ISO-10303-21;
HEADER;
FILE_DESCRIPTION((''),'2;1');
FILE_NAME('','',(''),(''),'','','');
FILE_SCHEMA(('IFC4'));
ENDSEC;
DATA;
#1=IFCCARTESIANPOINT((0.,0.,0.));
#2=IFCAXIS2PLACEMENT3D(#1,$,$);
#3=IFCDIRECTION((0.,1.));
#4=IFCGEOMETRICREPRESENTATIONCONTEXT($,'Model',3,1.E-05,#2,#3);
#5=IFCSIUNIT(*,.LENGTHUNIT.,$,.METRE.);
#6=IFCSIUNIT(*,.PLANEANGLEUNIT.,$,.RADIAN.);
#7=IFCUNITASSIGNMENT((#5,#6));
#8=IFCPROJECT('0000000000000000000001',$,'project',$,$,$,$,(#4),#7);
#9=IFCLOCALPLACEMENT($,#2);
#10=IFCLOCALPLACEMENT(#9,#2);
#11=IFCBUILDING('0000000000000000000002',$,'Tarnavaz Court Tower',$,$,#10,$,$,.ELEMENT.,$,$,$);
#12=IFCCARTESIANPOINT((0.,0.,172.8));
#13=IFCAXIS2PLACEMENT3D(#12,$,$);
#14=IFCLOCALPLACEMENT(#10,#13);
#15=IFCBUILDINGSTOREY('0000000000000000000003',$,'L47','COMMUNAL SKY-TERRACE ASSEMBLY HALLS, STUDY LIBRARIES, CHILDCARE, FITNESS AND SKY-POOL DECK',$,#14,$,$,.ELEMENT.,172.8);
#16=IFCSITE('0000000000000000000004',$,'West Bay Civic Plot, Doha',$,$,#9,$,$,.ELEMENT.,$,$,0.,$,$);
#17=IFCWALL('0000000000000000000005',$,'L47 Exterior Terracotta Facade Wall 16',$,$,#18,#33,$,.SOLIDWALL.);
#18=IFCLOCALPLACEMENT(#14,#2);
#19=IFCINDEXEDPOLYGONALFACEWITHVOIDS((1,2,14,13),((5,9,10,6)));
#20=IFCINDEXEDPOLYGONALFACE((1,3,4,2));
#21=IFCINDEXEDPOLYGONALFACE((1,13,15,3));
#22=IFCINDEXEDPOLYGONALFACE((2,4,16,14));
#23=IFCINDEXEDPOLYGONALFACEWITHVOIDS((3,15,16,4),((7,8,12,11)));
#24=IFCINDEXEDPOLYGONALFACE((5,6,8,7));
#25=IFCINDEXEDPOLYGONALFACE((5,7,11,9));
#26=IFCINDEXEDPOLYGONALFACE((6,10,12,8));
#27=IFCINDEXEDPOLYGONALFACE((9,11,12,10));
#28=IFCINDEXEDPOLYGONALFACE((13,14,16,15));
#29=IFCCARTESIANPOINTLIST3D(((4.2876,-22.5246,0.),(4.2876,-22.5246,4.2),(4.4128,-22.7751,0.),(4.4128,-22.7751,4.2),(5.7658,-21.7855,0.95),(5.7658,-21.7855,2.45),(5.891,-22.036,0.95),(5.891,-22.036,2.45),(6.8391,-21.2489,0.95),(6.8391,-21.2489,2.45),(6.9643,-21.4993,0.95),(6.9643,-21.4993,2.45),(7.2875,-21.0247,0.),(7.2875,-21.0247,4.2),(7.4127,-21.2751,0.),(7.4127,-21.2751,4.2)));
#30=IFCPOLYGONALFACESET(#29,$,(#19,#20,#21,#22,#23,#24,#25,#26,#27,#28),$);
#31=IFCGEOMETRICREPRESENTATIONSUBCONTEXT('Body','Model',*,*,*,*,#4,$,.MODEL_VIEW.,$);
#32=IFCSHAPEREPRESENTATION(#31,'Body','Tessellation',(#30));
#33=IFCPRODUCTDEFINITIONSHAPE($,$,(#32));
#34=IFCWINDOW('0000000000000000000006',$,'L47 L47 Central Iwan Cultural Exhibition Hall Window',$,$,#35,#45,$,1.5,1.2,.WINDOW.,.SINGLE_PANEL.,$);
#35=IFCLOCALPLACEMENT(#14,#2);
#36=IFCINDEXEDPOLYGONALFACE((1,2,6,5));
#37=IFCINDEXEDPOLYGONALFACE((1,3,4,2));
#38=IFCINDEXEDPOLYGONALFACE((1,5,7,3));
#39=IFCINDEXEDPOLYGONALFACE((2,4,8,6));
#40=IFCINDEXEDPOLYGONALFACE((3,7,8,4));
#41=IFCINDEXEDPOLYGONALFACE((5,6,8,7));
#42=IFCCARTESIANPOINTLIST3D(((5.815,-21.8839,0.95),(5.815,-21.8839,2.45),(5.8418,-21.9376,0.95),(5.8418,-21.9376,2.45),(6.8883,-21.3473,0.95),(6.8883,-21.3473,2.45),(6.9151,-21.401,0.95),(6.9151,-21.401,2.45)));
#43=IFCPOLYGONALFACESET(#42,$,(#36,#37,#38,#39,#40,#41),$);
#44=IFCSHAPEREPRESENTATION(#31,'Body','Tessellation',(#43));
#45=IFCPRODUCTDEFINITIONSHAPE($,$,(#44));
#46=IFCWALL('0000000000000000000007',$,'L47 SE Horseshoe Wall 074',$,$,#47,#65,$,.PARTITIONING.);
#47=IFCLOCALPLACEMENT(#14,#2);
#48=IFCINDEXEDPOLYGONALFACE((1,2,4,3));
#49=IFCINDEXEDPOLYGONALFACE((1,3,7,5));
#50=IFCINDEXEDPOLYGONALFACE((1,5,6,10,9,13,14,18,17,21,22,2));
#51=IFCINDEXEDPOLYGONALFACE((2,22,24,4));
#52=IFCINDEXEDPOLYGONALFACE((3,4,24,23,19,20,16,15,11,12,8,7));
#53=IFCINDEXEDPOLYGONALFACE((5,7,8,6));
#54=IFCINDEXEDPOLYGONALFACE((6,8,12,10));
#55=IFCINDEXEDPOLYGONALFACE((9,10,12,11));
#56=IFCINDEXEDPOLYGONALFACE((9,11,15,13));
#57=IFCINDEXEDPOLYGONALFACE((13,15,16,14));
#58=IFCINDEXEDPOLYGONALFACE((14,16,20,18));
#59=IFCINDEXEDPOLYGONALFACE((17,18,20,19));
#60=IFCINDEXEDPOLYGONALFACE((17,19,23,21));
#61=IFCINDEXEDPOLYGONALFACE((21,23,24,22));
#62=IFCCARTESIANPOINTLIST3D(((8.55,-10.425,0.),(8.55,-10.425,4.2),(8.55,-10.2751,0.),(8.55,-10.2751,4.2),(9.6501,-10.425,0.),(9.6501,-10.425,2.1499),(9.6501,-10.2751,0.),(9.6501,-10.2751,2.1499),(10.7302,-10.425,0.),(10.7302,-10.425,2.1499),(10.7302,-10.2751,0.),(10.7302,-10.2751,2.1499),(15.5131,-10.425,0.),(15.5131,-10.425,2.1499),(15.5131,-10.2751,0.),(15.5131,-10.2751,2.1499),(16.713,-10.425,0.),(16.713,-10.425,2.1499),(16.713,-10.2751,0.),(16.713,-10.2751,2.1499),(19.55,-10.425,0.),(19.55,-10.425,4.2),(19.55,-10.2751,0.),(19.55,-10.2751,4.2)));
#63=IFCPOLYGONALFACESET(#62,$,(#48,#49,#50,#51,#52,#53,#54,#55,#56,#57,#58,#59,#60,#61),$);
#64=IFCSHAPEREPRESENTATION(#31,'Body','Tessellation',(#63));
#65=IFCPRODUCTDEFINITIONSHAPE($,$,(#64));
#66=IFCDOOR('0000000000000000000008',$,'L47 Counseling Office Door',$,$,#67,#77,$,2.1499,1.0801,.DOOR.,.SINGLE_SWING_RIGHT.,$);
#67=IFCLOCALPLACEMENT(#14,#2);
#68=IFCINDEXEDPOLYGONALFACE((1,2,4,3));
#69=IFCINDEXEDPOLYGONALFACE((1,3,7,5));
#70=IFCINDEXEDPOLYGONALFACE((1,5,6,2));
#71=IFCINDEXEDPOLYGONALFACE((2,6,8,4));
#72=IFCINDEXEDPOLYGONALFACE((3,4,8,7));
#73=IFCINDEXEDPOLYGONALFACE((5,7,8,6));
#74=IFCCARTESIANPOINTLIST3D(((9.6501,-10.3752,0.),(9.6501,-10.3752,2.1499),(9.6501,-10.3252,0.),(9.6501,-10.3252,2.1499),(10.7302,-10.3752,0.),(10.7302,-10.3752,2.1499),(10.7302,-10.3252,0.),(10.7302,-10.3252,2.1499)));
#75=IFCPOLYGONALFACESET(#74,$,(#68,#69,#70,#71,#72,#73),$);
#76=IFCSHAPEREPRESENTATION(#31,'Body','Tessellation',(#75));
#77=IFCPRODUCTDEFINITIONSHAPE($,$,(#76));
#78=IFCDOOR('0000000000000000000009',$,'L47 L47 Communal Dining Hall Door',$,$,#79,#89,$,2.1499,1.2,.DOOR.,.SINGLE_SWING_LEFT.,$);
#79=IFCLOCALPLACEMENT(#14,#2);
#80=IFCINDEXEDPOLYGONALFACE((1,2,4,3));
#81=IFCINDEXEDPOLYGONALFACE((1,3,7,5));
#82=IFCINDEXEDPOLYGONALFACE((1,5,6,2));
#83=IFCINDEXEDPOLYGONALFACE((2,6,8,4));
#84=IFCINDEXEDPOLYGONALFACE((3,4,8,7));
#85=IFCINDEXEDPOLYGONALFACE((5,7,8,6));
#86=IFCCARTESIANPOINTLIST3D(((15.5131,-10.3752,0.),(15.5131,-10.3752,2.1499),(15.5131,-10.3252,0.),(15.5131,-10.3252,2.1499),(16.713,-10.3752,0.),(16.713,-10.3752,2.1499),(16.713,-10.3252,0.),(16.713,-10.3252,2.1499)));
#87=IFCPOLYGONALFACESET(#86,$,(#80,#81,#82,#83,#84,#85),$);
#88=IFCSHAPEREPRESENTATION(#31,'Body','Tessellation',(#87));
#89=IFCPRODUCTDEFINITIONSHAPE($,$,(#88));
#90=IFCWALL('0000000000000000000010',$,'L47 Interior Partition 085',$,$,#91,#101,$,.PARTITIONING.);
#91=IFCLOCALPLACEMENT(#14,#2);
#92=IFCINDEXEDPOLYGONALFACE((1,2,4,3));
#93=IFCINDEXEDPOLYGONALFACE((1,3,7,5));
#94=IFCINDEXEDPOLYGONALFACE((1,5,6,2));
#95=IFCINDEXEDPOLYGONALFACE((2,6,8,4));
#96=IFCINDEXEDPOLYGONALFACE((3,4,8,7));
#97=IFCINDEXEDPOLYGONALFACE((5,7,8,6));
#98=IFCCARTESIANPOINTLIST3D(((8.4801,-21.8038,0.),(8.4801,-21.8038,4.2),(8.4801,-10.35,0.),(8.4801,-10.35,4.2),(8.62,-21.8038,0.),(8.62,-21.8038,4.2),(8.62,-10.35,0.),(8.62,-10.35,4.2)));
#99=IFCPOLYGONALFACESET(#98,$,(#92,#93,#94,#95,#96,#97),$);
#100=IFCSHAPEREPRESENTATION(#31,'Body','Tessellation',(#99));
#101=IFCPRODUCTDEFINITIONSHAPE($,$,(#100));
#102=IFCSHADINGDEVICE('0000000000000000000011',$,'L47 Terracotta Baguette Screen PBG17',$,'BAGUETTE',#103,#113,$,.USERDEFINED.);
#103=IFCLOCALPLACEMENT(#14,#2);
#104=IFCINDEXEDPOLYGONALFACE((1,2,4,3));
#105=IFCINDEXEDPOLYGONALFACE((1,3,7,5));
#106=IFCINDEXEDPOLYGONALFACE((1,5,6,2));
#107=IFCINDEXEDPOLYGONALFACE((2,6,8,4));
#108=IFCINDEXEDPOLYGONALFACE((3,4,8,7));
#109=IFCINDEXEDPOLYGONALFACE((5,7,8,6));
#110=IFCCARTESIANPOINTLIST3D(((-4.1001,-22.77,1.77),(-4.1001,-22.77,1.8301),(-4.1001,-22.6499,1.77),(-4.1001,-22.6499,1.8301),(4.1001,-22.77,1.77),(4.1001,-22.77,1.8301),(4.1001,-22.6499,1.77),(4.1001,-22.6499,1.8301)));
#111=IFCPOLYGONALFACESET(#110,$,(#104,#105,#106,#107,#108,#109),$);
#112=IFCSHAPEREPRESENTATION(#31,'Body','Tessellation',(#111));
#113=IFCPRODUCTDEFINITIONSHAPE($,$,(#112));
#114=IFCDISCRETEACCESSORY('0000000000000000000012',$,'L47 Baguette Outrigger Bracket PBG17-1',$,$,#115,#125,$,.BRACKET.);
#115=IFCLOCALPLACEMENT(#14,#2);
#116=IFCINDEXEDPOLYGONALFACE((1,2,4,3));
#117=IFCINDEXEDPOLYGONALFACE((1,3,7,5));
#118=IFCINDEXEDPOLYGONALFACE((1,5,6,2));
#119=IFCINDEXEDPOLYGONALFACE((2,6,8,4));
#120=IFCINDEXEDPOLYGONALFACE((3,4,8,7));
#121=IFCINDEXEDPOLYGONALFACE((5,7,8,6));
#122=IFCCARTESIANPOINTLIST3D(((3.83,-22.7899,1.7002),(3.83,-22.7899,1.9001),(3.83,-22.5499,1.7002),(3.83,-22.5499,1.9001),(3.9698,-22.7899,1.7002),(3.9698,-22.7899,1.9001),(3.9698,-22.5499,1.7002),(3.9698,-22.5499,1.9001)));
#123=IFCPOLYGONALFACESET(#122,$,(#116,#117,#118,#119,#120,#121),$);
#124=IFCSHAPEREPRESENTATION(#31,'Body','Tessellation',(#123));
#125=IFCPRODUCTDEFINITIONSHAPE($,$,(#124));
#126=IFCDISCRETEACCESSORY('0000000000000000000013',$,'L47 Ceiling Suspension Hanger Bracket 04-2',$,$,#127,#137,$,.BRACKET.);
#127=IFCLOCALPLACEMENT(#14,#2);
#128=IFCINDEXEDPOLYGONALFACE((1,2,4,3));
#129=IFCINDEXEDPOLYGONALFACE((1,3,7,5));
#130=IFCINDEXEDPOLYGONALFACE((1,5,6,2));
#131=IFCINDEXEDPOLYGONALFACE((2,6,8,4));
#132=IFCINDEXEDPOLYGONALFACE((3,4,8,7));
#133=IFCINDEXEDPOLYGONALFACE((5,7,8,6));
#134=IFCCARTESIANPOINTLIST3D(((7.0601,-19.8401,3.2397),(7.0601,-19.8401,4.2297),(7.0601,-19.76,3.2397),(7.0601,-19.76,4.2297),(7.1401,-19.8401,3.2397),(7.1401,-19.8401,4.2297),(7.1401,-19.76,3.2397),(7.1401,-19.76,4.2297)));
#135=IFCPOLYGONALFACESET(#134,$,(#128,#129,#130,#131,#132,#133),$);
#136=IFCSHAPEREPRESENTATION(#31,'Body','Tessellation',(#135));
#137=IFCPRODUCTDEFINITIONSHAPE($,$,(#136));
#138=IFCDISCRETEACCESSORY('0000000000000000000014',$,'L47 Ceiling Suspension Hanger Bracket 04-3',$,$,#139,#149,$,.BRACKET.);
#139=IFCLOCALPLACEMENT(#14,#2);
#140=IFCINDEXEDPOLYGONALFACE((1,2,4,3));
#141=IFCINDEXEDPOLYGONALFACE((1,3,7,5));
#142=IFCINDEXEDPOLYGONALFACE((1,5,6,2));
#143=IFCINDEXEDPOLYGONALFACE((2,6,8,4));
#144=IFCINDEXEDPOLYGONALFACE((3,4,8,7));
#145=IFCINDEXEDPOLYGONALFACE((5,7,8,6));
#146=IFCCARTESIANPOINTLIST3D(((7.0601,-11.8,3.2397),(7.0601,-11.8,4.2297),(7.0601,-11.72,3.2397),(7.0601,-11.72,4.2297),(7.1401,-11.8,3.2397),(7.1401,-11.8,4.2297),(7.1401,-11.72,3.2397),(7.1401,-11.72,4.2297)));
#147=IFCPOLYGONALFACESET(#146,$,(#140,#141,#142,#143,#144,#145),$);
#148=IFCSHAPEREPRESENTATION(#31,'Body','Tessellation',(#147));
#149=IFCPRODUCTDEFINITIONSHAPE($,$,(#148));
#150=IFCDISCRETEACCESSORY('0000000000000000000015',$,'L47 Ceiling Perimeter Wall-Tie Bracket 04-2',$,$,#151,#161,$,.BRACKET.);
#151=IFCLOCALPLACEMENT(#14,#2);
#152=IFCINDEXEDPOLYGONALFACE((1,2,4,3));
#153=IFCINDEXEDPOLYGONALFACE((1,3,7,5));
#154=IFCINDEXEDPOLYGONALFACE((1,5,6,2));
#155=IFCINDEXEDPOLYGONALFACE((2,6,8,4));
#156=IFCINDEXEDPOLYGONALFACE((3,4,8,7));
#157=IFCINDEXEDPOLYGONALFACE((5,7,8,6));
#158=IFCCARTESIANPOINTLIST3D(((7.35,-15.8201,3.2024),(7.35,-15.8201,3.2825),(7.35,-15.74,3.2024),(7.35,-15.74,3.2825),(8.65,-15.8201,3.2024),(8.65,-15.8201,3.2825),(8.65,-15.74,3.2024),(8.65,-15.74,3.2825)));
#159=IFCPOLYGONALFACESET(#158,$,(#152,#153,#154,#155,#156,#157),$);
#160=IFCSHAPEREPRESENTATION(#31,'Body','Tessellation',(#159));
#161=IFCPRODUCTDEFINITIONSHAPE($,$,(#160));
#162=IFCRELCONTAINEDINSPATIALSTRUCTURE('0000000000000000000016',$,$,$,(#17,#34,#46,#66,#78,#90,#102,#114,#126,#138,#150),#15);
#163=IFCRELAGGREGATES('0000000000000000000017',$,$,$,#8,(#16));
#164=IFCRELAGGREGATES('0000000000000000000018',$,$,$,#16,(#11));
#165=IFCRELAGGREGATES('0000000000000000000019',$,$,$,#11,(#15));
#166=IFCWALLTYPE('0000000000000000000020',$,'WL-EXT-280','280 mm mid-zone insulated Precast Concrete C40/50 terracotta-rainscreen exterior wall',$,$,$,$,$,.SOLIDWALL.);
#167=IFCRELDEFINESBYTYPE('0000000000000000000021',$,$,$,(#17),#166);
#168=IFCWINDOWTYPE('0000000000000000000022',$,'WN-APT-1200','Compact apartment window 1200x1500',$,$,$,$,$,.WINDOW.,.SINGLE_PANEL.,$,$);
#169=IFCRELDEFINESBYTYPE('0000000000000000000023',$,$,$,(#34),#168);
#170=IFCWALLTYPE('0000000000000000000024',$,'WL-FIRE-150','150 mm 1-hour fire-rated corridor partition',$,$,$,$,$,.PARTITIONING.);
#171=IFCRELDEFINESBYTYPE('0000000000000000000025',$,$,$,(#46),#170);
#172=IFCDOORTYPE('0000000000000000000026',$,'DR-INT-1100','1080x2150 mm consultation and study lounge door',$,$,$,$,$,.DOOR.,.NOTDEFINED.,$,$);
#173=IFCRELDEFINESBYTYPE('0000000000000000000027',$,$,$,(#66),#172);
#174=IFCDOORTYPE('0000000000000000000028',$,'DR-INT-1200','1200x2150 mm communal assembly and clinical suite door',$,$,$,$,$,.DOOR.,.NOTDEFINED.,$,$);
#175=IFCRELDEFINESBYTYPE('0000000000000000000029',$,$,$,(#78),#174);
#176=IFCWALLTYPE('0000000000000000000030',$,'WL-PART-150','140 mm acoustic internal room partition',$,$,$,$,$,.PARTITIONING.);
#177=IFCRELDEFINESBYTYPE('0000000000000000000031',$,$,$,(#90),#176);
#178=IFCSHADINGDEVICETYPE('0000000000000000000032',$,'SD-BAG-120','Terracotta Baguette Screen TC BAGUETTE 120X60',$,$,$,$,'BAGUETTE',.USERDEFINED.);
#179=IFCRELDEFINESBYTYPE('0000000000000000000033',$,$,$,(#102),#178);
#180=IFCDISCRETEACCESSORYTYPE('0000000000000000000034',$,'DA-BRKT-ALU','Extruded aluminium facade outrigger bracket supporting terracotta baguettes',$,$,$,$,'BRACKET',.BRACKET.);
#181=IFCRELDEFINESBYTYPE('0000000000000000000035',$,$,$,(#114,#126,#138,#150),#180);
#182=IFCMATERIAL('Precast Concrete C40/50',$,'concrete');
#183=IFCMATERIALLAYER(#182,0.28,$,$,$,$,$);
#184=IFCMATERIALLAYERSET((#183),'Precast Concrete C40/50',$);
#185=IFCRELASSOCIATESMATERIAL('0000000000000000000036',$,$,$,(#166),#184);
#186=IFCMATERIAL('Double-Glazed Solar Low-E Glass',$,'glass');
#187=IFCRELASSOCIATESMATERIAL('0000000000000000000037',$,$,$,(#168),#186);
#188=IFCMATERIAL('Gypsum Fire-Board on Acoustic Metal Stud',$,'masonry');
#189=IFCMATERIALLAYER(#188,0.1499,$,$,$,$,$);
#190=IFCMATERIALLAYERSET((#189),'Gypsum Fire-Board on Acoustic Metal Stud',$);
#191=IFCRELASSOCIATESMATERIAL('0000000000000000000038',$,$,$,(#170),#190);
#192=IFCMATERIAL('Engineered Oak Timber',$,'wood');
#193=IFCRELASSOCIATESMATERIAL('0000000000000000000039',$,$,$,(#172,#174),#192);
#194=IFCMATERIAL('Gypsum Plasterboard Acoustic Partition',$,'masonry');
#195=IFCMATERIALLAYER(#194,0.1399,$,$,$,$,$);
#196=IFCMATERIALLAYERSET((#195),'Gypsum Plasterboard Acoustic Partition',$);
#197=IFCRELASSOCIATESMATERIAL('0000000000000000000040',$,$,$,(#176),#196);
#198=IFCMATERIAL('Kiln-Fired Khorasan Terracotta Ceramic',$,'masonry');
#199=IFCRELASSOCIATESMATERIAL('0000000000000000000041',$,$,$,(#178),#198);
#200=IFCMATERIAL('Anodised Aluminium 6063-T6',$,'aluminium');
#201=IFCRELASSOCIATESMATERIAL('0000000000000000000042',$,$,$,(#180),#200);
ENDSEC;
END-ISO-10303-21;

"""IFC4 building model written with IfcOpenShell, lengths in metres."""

from ifc_helpers import new_model, si_unit, direction, frame, frame_2d, origin, origin_2d, place, context, subcontext, project, spatial, rectangle, extrude, material, layer, layer_set, material_profile, profile_set, type_object, element, fill, save


model = new_model("IFC4")

# Units and contexts
model_context = context("Model", 3, precision=1e-05, world=origin(), true_north=direction((0.0, 1.0)))
body_context = subcontext(model_context, "Body", "Model", "MODEL_VIEW")
ifc_project = project(units=[si_unit("LENGTHUNIT", "METRE"), si_unit("PLANEANGLEUNIT", "RADIAN")], contexts=[model_context])

# Site, building, storey
site_placement = place(None, origin())
site = spatial("IfcSite", under=ifc_project, at=site_placement, Name="West Bay Civic Plot, Doha", CompositionType="ELEMENT", RefElevation=0.0)
building_placement = place(site_placement, origin())
building = spatial("IfcBuilding", under=site, at=building_placement, Name="Tarnavaz Court Tower", CompositionType="ELEMENT")
storey_placement = place(building_placement, frame((0.0, 0.0, 172.8)))
storey = spatial("IfcBuildingStorey", under=building, at=storey_placement, Name="L47", Description="COMMUNAL SKY-TERRACE ASSEMBLY HALLS, STUDY LIBRARIES, CHILDCARE, FITNESS AND SKY-POOL DECK", CompositionType="ELEMENT", Elevation=172.8)

# Shared definitions
ifc_material_1 = material(Name="Anodised Aluminium 6063-T6", Category="aluminium")

# Shared definitions
ifc_material_2 = material(Name="Double-Glazed Solar Low-E Glass", Category="glass")

# Wall, opening, window
ifc_material_3 = material(Name="Precast Concrete C40/50", Category="concrete")
ifc_layer_1 = layer(ifc_material_3, 0.28)
ifc_layer_set_1 = layer_set([ifc_layer_1], Name="Precast Concrete C40/50")
wall_type_1 = type_object("IfcWallType", Name="WL-EXT-280", Description="280 mm mid-zone insulated Precast Concrete C40/50 terracotta-rainscreen exterior wall", PredefinedType="SOLIDWALL", material=ifc_layer_set_1)
wall_1_placement = place(storey_placement, frame((7.3501, -21.1499, 0.0), z_axis=(0.0, 0.0, 1.0), x_axis=(-0.894427, -0.447214, 0.0)))
wall_1 = element("IfcWall", 1, at=wall_1_placement, inside=storey, type_object=wall_type_1, Name="L47 Exterior Terracotta Facade Wall 16", PredefinedType="SOLIDWALL", context=body_context, shape_type="SweptSolid", body=[
    extrude(rectangle(XDim=3.354, YDim=0.28, at=frame_2d((1.677, 0.0))), origin(), (0.0, 0.0, 1.0), 4.2),
])
opening_1_placement = place(wall_1_placement, frame((0.5012, 0.0, 0.95)))
opening_1 = element("IfcOpeningElement", 2, at=opening_1_placement, cuts=wall_1, PredefinedType="OPENING", context=body_context, shape_type="SweptSolid", body=[
    extrude(rectangle(XDim=1.2, YDim=1.5, at=frame_2d((0.6001, 0.75))), frame((0.0, 0.1499, 0.0), z_axis=(0.0, -1.0, 0.0), x_axis=(1.0, 0.0, 0.0)), (0.0, 0.0, 1.0), 0.3),
])
window_type = type_object("IfcWindowType", Name="WN-APT-1200", Description="Compact apartment window 1200x1500", PartitioningType="SINGLE_PANEL", PredefinedType="WINDOW", material=ifc_material_2)
window_placement = place(opening_1_placement, origin())
window = element("IfcWindow", 3, at=window_placement, inside=storey, type_object=window_type, Name="L47 L47 Central Iwan Cultural Exhibition Hall Window", OverallHeight=1.5, OverallWidth=1.2, PartitioningType="SINGLE_PANEL", PredefinedType="WINDOW", context=body_context, shape_type="SweptSolid", body=[
    extrude(rectangle(XDim=1.2, YDim=1.5, at=frame_2d((0.6001, 0.75))), frame((0.0, 0.03, 0.0), z_axis=(0.0, -1.0, 0.0), x_axis=(1.0, 0.0, 0.0)), (0.0, 0.0, 1.0), 0.0601),
])
fill(opening_1, window)

# Wall, openings, doors
ifc_material_4 = material(Name="Gypsum Fire-Board on Acoustic Metal Stud", Category="masonry")
ifc_layer_2 = layer(ifc_material_4, 0.1499)
ifc_layer_set_2 = layer_set([ifc_layer_2], Name="Gypsum Fire-Board on Acoustic Metal Stud")
wall_type_2 = type_object("IfcWallType", Name="WL-FIRE-150", Description="150 mm 1-hour fire-rated corridor partition", PredefinedType="PARTITIONING", material=ifc_layer_set_2)
wall_2_placement = place(storey_placement, frame((8.55, -10.3501, 0.0), z_axis=(0.0, 0.0, 1.0), x_axis=(1.0, 0.0, 0.0)))
wall_2 = element("IfcWall", 4, at=wall_2_placement, inside=storey, type_object=wall_type_2, Name="L47 SE Horseshoe Wall 074", PredefinedType="PARTITIONING", context=body_context, shape_type="SweptSolid", body=[
    extrude(rectangle(XDim=11.0, YDim=0.1499, at=frame_2d((5.5, 0.0))), origin(), (0.0, 0.0, 1.0), 4.2),
])
opening_2_placement = place(wall_2_placement, frame((1.1001, 0.0, 0.0)))
opening_2 = element("IfcOpeningElement", 5, at=opening_2_placement, cuts=wall_2, PredefinedType="OPENING", context=body_context, shape_type="SweptSolid", body=[
    extrude(rectangle(XDim=1.0801, YDim=2.1499, at=frame_2d((0.54, 1.075))), frame((0.0, 0.085, 0.0), z_axis=(0.0, -1.0, 0.0), x_axis=(1.0, 0.0, 0.0)), (0.0, 0.0, 1.0), 0.1699),
])
opening_3_placement = place(wall_2_placement, frame((6.9629, 0.0, 0.0)))
opening_3 = element("IfcOpeningElement", 6, at=opening_3_placement, cuts=wall_2, PredefinedType="OPENING", context=body_context, shape_type="SweptSolid", body=[
    extrude(rectangle(XDim=1.2, YDim=2.1499, at=frame_2d((0.6001, 1.075))), frame((0.0, 0.085, 0.0), z_axis=(0.0, -1.0, 0.0), x_axis=(1.0, 0.0, 0.0)), (0.0, 0.0, 1.0), 0.1699),
])
ifc_material_5 = material(Name="Engineered Oak Timber", Category="wood")
door_type_1 = type_object("IfcDoorType", Name="DR-INT-1100", Description="1080x2150 mm consultation and study lounge door", OperationType="NOTDEFINED", PredefinedType="DOOR", material=ifc_material_5)
door_1_placement = place(opening_2_placement, origin())
door_1 = element("IfcDoor", 7, at=door_1_placement, inside=storey, type_object=door_type_1, Name="L47 Counseling Office Door", OperationType="SINGLE_SWING_RIGHT", OverallHeight=2.1499, OverallWidth=1.0801, PredefinedType="DOOR", context=body_context, shape_type="SweptSolid", body=[
    extrude(rectangle(XDim=1.0801, YDim=2.1499, at=frame_2d((0.54, 1.075))), frame((0.0, 0.0249, 0.0), z_axis=(0.0, -1.0, 0.0), x_axis=(1.0, 0.0, 0.0)), (0.0, 0.0, 1.0), 0.05),
])
fill(opening_2, door_1)
door_type_2 = type_object("IfcDoorType", Name="DR-INT-1200", Description="1200x2150 mm communal assembly and clinical suite door", OperationType="NOTDEFINED", PredefinedType="DOOR", material=ifc_material_5)
door_2_placement = place(opening_3_placement, origin())
door_2 = element("IfcDoor", 8, at=door_2_placement, inside=storey, type_object=door_type_2, Name="L47 L47 Communal Dining Hall Door", OperationType="SINGLE_SWING_LEFT", OverallHeight=2.1499, OverallWidth=1.2, PredefinedType="DOOR", context=body_context, shape_type="SweptSolid", body=[
    extrude(rectangle(XDim=1.2, YDim=2.1499, at=frame_2d((0.6001, 1.075))), frame((0.0, 0.0249, 0.0), z_axis=(0.0, -1.0, 0.0), x_axis=(1.0, 0.0, 0.0)), (0.0, 0.0, 1.0), 0.05),
])
fill(opening_3, door_2)

# Wall
ifc_material_6 = material(Name="Gypsum Plasterboard Acoustic Partition", Category="masonry")
ifc_layer_3 = layer(ifc_material_6, 0.1399)
ifc_layer_set_3 = layer_set([ifc_layer_3], Name="Gypsum Plasterboard Acoustic Partition")
wall_type_3 = type_object("IfcWallType", Name="WL-PART-150", Description="140 mm acoustic internal room partition", PredefinedType="PARTITIONING", material=ifc_layer_set_3)
wall_3_placement = place(storey_placement, frame((8.55, -21.804, 0.0), z_axis=(0.0, 0.0, 1.0), x_axis=(0.0, 1.0, 0.0)))
element("IfcWall", 9, at=wall_3_placement, inside=storey, type_object=wall_type_3, Name="L47 Interior Partition 085", PredefinedType="PARTITIONING", context=body_context, shape_type="SweptSolid", body=[
    extrude(rectangle(XDim=11.4539, YDim=0.1399, at=frame_2d((5.7271, 0.0))), origin(), (0.0, 0.0, 1.0), 4.2),
])

# Shading device
ifc_material_7 = material(Name="Kiln-Fired Khorasan Terracotta Ceramic", Category="masonry")
ifc_material_profile_1 = material_profile(ifc_material_7, rectangle(XDim=0.1201, YDim=0.0601, at=origin_2d()), Name="TC BAGUETTE 120X60")
ifc_profile_set_1 = profile_set([ifc_material_profile_1], Name="Kiln-Fired Khorasan Terracotta Ceramic")
shading_device_type = type_object("IfcShadingDeviceType", Name="SD-BAG-120", Description="Terracotta Baguette Screen TC BAGUETTE 120X60", ElementType="BAGUETTE", PredefinedType="USERDEFINED", material=ifc_profile_set_1)
shading_device_placement = place(storey_placement, frame((4.1001, -22.71, 1.8), z_axis=(-1.0, 0.0, 0.0), x_axis=(0.0, -1.0, 0.0)))
element("IfcShadingDevice", 10, at=shading_device_placement, inside=storey, type_object=shading_device_type, Name="L47 Terracotta Baguette Screen PBG17", ObjectType="BAGUETTE", PredefinedType="USERDEFINED", context=body_context, shape_type="SweptSolid", body=[
    extrude(rectangle(XDim=0.1201, YDim=0.0601, at=origin_2d()), origin(), (0.0, 0.0, 1.0), 8.2002),
])

# Discrete accessories
discrete_accessory_type = type_object("IfcDiscreteAccessoryType", Name="DA-BRKT-ALU", Description="Extruded aluminium facade outrigger bracket supporting terracotta baguettes", ElementType="BRACKET", PredefinedType="BRACKET", material=ifc_material_1)
discrete_accessory_1_placement = place(storey_placement, frame((3.8999, -22.6699, 1.7002), z_axis=(0.0, 0.0, 1.0), x_axis=(-1.0, 0.0, 0.0)))
element("IfcDiscreteAccessory", 11, at=discrete_accessory_1_placement, inside=storey, type_object=discrete_accessory_type, Name="L47 Baguette Outrigger Bracket PBG17-1", PredefinedType="BRACKET", context=body_context, shape_type="SweptSolid", body=[
    extrude(rectangle(XDim=0.1399, YDim=0.24, at=origin_2d()), origin(), (0.0, 0.0, 1.0), 0.2),
])
for number, where, z_axis, x_axis, name in (
    (12, (7.1001, -19.8, 3.2397), (0.0, 0.0, 1.0), (1.0, 0.0, 0.0), "L47 Ceiling Suspension Hanger Bracket 04-2"),
    (13, (7.1001, -11.76, 3.2397), (0.0, 0.0, 1.0), (1.0, 0.0, 0.0), "L47 Ceiling Suspension Hanger Bracket 04-3"),
):
    element("IfcDiscreteAccessory", number, at=place(storey_placement, frame(where, z_axis=z_axis, x_axis=x_axis)), inside=storey, type_object=discrete_accessory_type, Name=name, PredefinedType="BRACKET", context=body_context, shape_type="SweptSolid", body=[
        extrude(rectangle(XDim=0.0801, YDim=0.0801, at=origin_2d()), origin(), (0.0, 0.0, 1.0), 0.99),
    ])
discrete_accessory_2_placement = place(storey_placement, frame((8.0, -15.78, 3.2024), z_axis=(0.0, 0.0, 1.0), x_axis=(1.0, 0.0, 0.0)))
element("IfcDiscreteAccessory", 14, at=discrete_accessory_2_placement, inside=storey, type_object=discrete_accessory_type, Name="L47 Ceiling Perimeter Wall-Tie Bracket 04-2", PredefinedType="BRACKET", context=body_context, shape_type="SweptSolid", body=[
    extrude(rectangle(XDim=1.3, YDim=0.0801, at=origin_2d()), origin(), (0.0, 0.0, 1.0), 0.0801),
])

save(model, "model.ifc")
